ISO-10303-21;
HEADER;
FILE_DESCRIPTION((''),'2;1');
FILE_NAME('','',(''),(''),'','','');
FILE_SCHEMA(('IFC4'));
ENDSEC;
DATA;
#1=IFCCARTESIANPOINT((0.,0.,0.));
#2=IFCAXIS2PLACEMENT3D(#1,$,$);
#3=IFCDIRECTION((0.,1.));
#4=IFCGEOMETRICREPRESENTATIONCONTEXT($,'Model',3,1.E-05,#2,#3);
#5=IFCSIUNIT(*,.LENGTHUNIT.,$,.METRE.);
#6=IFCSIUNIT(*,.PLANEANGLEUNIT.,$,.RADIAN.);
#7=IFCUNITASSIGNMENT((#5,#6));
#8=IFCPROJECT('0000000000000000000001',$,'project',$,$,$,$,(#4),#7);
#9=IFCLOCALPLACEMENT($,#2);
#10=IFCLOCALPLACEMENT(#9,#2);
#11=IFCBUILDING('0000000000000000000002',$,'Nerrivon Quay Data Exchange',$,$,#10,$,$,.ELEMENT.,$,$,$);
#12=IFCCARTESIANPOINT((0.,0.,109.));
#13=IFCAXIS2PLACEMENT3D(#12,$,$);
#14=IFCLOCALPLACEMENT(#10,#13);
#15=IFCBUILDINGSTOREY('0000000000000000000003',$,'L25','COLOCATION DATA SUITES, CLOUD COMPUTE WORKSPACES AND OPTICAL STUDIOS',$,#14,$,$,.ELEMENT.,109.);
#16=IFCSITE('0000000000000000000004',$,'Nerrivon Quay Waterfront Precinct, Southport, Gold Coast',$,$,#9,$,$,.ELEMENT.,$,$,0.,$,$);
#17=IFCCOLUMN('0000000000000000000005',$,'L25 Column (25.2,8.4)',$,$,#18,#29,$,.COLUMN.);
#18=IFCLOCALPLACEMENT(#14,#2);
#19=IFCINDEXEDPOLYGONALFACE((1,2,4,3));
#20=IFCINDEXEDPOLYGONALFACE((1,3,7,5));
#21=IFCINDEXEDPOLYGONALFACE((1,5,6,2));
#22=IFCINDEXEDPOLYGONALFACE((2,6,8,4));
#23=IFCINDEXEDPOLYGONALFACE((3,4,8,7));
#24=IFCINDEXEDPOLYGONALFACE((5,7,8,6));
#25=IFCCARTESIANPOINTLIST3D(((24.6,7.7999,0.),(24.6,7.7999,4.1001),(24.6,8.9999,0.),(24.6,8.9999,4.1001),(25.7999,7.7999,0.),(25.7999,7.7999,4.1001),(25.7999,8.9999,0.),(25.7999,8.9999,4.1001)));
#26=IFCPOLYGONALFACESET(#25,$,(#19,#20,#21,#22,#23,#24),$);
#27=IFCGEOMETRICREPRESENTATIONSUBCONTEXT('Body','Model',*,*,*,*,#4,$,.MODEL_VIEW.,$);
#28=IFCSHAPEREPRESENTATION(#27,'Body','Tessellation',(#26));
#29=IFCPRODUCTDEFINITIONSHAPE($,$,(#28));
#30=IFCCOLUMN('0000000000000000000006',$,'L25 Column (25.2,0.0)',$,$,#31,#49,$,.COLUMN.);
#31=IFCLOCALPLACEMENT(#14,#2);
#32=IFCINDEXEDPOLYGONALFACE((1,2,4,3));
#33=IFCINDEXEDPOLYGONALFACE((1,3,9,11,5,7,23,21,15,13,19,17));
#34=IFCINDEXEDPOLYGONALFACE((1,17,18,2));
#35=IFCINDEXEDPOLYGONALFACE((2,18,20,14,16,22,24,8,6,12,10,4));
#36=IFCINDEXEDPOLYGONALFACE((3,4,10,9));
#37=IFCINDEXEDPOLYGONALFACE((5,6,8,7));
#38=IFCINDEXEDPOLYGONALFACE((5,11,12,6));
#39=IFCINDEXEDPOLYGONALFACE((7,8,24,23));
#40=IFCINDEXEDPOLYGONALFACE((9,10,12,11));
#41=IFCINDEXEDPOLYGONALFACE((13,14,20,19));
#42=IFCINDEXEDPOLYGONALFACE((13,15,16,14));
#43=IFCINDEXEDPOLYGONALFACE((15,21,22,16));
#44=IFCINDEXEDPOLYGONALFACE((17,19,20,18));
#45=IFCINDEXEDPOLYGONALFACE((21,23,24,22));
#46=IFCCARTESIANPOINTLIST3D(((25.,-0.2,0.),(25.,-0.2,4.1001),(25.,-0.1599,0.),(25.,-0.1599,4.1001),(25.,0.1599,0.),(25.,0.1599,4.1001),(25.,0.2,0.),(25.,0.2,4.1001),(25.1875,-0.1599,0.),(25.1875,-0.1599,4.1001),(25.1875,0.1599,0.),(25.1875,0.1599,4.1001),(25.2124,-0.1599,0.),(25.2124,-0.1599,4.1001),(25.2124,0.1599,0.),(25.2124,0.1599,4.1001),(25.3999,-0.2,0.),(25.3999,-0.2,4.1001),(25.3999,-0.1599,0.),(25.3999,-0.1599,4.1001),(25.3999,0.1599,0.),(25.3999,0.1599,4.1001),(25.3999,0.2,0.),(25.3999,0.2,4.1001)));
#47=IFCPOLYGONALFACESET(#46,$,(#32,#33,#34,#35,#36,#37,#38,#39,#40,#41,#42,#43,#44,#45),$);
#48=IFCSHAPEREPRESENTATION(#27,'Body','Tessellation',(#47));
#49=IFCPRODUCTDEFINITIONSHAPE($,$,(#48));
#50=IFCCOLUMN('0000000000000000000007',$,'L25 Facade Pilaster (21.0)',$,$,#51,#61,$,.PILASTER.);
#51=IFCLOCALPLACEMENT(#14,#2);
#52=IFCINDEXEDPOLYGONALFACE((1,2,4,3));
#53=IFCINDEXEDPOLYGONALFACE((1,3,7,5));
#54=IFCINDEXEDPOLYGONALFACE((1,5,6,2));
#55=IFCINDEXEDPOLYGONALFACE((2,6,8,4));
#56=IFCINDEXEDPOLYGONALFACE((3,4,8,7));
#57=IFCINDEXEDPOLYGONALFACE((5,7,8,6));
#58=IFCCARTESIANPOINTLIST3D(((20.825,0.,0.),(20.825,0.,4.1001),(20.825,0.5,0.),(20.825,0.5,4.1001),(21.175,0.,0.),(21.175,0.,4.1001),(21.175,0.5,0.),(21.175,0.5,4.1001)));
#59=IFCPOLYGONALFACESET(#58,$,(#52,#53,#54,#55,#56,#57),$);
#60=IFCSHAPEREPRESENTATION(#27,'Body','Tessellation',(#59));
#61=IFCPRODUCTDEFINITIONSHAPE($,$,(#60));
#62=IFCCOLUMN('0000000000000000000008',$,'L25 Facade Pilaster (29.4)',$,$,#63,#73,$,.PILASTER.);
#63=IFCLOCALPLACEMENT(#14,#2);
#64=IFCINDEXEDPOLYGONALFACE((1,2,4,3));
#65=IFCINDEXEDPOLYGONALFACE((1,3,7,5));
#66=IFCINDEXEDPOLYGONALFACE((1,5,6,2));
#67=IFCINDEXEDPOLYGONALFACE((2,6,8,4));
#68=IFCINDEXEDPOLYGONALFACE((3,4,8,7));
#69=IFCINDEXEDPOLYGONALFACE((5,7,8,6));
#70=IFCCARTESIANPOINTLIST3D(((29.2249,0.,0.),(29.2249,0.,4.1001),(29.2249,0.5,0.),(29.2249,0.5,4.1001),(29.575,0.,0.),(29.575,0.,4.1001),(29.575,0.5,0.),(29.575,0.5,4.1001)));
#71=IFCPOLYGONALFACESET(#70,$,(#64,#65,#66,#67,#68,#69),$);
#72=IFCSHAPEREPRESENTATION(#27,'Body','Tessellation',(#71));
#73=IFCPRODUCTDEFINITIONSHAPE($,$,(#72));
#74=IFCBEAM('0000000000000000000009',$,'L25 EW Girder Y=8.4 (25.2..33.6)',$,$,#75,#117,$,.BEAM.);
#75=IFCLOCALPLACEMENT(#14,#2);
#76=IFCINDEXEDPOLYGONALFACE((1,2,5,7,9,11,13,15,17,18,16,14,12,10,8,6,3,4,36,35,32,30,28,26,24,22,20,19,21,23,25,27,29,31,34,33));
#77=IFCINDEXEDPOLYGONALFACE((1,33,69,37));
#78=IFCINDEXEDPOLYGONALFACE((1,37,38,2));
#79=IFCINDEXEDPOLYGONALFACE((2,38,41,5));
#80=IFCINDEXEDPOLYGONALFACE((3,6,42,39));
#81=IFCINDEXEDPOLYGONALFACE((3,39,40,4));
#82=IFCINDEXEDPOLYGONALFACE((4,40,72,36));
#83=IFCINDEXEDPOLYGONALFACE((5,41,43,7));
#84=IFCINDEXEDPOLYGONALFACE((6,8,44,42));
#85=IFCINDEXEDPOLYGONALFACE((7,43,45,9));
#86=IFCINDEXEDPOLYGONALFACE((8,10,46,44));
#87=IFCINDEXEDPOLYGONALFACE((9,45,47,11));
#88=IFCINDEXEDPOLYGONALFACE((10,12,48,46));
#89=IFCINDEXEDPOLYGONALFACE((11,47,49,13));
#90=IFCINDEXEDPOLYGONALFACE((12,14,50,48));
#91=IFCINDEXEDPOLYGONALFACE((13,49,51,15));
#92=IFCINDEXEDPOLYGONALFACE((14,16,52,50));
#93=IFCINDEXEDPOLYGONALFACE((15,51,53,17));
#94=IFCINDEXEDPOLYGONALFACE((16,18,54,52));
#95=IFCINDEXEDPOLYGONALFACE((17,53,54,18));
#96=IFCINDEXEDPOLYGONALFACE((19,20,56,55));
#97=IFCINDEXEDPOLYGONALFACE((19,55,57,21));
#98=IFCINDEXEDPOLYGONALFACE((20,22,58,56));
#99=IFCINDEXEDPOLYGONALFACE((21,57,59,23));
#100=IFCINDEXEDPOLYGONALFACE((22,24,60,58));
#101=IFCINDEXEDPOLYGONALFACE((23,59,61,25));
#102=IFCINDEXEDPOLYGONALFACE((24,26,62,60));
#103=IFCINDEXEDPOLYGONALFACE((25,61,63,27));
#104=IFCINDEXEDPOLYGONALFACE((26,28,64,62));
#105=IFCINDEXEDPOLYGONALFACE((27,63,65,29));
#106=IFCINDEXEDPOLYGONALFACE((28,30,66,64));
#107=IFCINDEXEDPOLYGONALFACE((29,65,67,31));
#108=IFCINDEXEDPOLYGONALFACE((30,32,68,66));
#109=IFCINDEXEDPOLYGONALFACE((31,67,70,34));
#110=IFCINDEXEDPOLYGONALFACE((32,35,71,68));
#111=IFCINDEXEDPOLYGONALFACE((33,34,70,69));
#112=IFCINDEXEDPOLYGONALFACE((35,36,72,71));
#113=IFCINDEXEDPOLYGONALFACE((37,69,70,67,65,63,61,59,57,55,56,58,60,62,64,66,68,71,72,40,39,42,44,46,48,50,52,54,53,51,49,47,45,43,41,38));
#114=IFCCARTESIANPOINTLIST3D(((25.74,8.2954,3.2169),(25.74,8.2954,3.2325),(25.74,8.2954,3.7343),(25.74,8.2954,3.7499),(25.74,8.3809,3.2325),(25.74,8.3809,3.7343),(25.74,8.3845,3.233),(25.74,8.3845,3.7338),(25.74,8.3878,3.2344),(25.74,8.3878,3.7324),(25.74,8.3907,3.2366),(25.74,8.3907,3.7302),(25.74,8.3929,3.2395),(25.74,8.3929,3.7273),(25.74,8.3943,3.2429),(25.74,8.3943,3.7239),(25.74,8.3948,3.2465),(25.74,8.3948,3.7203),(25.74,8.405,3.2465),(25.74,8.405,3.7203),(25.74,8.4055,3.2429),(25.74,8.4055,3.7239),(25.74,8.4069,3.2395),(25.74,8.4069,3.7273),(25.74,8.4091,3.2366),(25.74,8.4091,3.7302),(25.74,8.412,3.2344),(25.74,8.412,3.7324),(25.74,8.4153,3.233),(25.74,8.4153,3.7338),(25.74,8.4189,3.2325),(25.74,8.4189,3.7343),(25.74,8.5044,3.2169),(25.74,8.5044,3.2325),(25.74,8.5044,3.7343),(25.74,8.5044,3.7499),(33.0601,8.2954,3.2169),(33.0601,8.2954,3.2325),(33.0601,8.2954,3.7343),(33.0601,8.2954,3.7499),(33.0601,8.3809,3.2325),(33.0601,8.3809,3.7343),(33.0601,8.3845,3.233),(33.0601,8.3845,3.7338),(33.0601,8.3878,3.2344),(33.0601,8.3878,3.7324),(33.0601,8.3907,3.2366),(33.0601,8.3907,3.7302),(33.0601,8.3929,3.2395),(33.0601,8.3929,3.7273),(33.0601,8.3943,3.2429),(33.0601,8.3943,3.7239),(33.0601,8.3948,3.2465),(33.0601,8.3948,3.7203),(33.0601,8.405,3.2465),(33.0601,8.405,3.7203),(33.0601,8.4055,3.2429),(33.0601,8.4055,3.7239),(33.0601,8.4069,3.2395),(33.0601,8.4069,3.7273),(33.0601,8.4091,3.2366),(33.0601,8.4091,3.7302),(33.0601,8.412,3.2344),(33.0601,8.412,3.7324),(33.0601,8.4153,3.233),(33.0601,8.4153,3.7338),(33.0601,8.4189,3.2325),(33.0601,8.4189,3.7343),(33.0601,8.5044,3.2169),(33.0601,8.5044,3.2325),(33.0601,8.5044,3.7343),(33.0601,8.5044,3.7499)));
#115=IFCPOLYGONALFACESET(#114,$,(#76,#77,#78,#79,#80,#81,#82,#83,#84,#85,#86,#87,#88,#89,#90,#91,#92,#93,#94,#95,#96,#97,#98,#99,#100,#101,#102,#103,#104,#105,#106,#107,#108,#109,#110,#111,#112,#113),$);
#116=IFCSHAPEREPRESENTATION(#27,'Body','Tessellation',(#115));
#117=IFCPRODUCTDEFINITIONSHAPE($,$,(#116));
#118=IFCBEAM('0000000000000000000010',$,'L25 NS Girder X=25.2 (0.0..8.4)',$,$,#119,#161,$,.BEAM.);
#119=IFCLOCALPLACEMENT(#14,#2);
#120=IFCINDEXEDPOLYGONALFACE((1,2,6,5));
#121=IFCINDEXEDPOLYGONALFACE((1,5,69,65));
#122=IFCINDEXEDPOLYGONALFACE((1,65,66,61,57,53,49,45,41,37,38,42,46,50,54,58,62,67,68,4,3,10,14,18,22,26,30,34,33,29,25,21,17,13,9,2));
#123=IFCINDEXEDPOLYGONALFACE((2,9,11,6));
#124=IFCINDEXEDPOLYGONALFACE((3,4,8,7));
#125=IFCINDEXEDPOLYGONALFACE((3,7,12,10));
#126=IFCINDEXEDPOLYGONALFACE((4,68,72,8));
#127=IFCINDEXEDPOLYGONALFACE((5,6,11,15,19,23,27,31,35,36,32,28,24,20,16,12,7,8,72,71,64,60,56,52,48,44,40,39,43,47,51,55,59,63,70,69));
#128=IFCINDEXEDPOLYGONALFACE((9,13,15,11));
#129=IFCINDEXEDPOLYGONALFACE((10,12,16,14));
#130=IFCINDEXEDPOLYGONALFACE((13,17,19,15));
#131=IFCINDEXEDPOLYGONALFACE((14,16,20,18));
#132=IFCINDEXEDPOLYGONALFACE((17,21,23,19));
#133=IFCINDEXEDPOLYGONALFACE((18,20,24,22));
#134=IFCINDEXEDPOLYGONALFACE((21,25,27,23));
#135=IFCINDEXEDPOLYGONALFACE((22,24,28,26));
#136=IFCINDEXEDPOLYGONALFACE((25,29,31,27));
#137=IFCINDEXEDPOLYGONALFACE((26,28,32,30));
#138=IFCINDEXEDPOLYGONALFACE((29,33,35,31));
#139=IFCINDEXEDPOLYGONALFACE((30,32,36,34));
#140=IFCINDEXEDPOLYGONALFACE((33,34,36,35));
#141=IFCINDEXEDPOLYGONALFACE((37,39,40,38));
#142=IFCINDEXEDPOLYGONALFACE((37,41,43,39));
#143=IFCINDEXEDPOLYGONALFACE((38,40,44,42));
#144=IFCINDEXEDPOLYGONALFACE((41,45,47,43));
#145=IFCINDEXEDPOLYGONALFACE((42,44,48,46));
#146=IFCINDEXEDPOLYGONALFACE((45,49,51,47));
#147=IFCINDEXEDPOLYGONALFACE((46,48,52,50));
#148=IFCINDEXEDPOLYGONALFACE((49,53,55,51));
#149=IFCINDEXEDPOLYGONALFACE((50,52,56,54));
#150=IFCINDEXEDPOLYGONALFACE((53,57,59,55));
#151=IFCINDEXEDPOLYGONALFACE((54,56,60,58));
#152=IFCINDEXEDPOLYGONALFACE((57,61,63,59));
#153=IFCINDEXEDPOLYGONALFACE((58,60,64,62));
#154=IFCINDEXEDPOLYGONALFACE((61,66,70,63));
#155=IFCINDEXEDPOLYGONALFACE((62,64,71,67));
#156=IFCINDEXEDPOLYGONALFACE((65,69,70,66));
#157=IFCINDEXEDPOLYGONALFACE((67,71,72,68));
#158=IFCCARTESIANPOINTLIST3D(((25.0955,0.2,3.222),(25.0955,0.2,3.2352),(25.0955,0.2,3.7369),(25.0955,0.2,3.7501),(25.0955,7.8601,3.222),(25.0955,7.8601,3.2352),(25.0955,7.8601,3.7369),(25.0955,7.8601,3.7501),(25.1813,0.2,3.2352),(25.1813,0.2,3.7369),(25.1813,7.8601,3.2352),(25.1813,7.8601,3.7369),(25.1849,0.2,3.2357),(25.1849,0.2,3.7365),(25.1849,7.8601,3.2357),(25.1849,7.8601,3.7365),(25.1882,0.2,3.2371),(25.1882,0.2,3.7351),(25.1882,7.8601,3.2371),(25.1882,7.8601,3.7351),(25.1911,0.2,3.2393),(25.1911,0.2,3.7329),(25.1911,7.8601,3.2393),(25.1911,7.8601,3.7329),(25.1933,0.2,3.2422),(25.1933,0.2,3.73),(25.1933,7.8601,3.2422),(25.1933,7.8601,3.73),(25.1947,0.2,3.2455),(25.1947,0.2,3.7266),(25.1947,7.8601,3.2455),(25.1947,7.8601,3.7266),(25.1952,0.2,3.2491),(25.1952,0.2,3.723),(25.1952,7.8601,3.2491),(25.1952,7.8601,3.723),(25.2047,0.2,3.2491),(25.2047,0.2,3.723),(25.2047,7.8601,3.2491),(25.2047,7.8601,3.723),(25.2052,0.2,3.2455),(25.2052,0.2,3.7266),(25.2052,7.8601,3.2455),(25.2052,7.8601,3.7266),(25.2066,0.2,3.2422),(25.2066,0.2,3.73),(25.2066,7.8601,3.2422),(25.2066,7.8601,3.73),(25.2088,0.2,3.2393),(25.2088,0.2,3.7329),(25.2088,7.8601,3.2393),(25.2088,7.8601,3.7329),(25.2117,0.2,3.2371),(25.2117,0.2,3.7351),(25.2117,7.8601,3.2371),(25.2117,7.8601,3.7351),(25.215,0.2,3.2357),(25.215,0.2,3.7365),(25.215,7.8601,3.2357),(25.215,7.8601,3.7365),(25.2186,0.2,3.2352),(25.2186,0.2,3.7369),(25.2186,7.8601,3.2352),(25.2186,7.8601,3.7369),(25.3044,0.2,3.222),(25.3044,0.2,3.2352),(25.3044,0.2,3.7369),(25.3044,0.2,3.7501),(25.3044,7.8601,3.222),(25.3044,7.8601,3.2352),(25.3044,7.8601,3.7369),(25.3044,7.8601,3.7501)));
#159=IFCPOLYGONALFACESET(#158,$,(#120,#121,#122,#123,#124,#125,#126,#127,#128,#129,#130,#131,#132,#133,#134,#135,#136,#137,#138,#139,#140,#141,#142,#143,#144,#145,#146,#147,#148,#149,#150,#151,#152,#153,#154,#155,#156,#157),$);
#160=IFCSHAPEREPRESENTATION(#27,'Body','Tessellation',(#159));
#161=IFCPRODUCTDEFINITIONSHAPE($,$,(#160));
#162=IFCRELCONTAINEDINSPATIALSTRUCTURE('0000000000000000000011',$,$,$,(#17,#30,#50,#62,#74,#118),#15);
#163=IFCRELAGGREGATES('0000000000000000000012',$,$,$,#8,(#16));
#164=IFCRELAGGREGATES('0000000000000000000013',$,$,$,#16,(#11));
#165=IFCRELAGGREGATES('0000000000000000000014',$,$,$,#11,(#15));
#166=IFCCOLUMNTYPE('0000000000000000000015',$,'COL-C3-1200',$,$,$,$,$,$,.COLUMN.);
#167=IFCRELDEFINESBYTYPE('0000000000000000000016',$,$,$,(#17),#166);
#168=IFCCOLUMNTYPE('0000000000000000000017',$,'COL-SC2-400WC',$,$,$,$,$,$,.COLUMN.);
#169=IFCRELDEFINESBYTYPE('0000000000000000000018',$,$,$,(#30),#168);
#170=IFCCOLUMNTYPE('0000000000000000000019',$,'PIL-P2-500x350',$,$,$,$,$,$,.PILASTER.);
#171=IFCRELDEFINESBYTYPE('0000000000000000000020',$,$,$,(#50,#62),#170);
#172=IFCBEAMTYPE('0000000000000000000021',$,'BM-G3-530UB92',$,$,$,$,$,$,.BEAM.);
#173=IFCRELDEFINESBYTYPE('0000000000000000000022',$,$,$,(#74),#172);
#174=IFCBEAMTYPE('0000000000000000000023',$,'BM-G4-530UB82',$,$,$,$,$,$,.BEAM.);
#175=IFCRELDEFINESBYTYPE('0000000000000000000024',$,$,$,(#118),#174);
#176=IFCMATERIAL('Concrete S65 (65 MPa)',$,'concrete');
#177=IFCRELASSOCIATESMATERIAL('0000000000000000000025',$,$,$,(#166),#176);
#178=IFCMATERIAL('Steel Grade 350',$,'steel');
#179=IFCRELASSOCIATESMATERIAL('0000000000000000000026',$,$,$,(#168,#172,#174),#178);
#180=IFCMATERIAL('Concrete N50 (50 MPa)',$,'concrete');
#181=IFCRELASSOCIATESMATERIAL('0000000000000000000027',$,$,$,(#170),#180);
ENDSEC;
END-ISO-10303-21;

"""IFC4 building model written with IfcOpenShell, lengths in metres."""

from ifc_helpers import new_model, si_unit, direction, frame, origin, origin_2d, place, context, subcontext, project, spatial, rectangle, i_section, extrude, material, material_profile, profile_set, type_object, element, save


model = new_model("IFC4")

# Units and contexts
model_context = context("Model", 3, precision=1e-05, world=origin(), true_north=direction((0.0, 1.0)))
body_context = subcontext(model_context, "Body", "Model", "MODEL_VIEW")
ifc_project = project(units=[si_unit("LENGTHUNIT", "METRE"), si_unit("PLANEANGLEUNIT", "RADIAN")], contexts=[model_context])

# Site, building, storey
site_placement = place(None, origin())
site = spatial("IfcSite", under=ifc_project, at=site_placement, Name="Nerrivon Quay Waterfront Precinct, Southport, Gold Coast", CompositionType="ELEMENT", RefElevation=0.0)
building_placement = place(site_placement, origin())
building = spatial("IfcBuilding", under=site, at=building_placement, Name="Nerrivon Quay Data Exchange", CompositionType="ELEMENT")
storey_placement = place(building_placement, frame((0.0, 0.0, 109.0)))
storey = spatial("IfcBuildingStorey", under=building, at=storey_placement, Name="L25", Description="COLOCATION DATA SUITES, CLOUD COMPUTE WORKSPACES AND OPTICAL STUDIOS", CompositionType="ELEMENT", Elevation=109.0)

# Columns
ifc_material_1 = material(Name="Concrete S65 (65 MPa)", Category="concrete")
ifc_material_profile_1 = material_profile(ifc_material_1, rectangle(XDim=1.2, YDim=1.2, at=origin_2d()), Name="RC-COL-1200x1200")
ifc_profile_set_1 = profile_set([ifc_material_profile_1], Name="Concrete S65 (65 MPa)")
column_type_1 = type_object("IfcColumnType", Name="COL-C3-1200", PredefinedType="COLUMN", material=ifc_profile_set_1)
column_1_placement = place(storey_placement, frame((25.2, 8.3999, 0.0), z_axis=(0.0, 0.0, 1.0), x_axis=(1.0, 0.0, 0.0)))
element("IfcColumn", 1, at=column_1_placement, inside=storey, type_object=column_type_1, Name="L25 Column (25.2,8.4)", PredefinedType="COLUMN", context=body_context, shape_type="SweptSolid", body=[
    extrude(rectangle(XDim=1.2, YDim=1.2, at=origin_2d()), origin(), (0.0, 0.0, 1.0), 4.1001),
])
ifc_material_2 = material(Name="Steel Grade 350", Category="steel")
ifc_material_profile_2 = material_profile(ifc_material_2, i_section(OverallWidth=0.3999, OverallDepth=0.3999, WebThickness=0.0249, FlangeThickness=0.04, at=origin_2d()), Name="400WC328")
ifc_profile_set_2 = profile_set([ifc_material_profile_2], Name="Steel Grade 350")
column_type_2 = type_object("IfcColumnType", Name="COL-SC2-400WC", PredefinedType="COLUMN", material=ifc_profile_set_2)
column_2_placement = place(storey_placement, frame((25.2, 0.0, 0.0), z_axis=(0.0, 0.0, 1.0), x_axis=(1.0, 0.0, 0.0)))
element("IfcColumn", 2, at=column_2_placement, inside=storey, type_object=column_type_2, Name="L25 Column (25.2,0.0)", PredefinedType="COLUMN", context=body_context, shape_type="SweptSolid", body=[
    extrude(i_section(OverallWidth=0.3999, OverallDepth=0.3999, WebThickness=0.0249, FlangeThickness=0.04, at=origin_2d()), origin(), (0.0, 0.0, 1.0), 4.1001),
])
ifc_material_3 = material(Name="Concrete N50 (50 MPa)", Category="concrete")
ifc_material_profile_3 = material_profile(ifc_material_3, rectangle(XDim=0.3501, YDim=0.5, at=origin_2d()), Name="RC-PIL-500x350")
ifc_profile_set_3 = profile_set([ifc_material_profile_3], Name="Concrete N50 (50 MPa)")
column_type_3 = type_object("IfcColumnType", Name="PIL-P2-500x350", PredefinedType="PILASTER", material=ifc_profile_set_3)
for number, where, z_axis, x_axis, name in (
    (3, (21.0, 0.25, 0.0), (0.0, 0.0, 1.0), (1.0, 0.0, 0.0), "L25 Facade Pilaster (21.0)"),
    (4, (29.3999, 0.25, 0.0), (0.0, 0.0, 1.0), (1.0, 0.0, 0.0), "L25 Facade Pilaster (29.4)"),
):
    element("IfcColumn", number, at=place(storey_placement, frame(where, z_axis=z_axis, x_axis=x_axis)), inside=storey, type_object=column_type_3, Name=name, PredefinedType="PILASTER", context=body_context, shape_type="SweptSolid", body=[
        extrude(rectangle(XDim=0.3501, YDim=0.5, at=origin_2d()), origin(), (0.0, 0.0, 1.0), 4.1001),
    ])

# Beams
ifc_material_profile_4 = material_profile(ifc_material_2, i_section(OverallWidth=0.209, OverallDepth=0.533, WebThickness=0.0103, FlangeThickness=0.0156, FilletRadius=0.0139, at=origin_2d()), Name="530UB92.4")
ifc_profile_set_4 = profile_set([ifc_material_profile_4], Name="Steel Grade 350")
beam_type_1 = type_object("IfcBeamType", Name="BM-G3-530UB92", PredefinedType="BEAM", material=ifc_profile_set_4)
beam_1_placement = place(storey_placement, frame((25.74, 8.3999, 3.4834), z_axis=(1.0, 0.0, 0.0), x_axis=(0.0, 1.0, 0.0)))
element("IfcBeam", 5, at=beam_1_placement, inside=storey, type_object=beam_type_1, Name="L25 EW Girder Y=8.4 (25.2..33.6)", PredefinedType="BEAM", context=body_context, shape_type="SweptSolid", body=[
    extrude(i_section(OverallWidth=0.209, OverallDepth=0.533, WebThickness=0.0103, FlangeThickness=0.0156, FilletRadius=0.0139, at=origin_2d()), origin(), (0.0, 0.0, 1.0), 7.3201),
])
ifc_material_profile_5 = material_profile(ifc_material_2, i_section(OverallWidth=0.209, OverallDepth=0.5281, WebThickness=0.0095, FlangeThickness=0.0132, FilletRadius=0.0139, at=origin_2d()), Name="530UB82.0")
ifc_profile_set_5 = profile_set([ifc_material_profile_5], Name="Steel Grade 350")
beam_type_2 = type_object("IfcBeamType", Name="BM-G4-530UB82", PredefinedType="BEAM", material=ifc_profile_set_5)
beam_2_placement = place(storey_placement, frame((25.2, 0.2, 3.4861), z_axis=(0.0, 1.0, 0.0), x_axis=(-1.0, 0.0, 0.0)))
element("IfcBeam", 6, at=beam_2_placement, inside=storey, type_object=beam_type_2, Name="L25 NS Girder X=25.2 (0.0..8.4)", PredefinedType="BEAM", context=body_context, shape_type="SweptSolid", body=[
    extrude(i_section(OverallWidth=0.209, OverallDepth=0.5281, WebThickness=0.0095, FlangeThickness=0.0132, FilletRadius=0.0139, at=origin_2d()), origin(), (0.0, 0.0, 1.0), 7.6602),
])

save(model, "model.ifc")
